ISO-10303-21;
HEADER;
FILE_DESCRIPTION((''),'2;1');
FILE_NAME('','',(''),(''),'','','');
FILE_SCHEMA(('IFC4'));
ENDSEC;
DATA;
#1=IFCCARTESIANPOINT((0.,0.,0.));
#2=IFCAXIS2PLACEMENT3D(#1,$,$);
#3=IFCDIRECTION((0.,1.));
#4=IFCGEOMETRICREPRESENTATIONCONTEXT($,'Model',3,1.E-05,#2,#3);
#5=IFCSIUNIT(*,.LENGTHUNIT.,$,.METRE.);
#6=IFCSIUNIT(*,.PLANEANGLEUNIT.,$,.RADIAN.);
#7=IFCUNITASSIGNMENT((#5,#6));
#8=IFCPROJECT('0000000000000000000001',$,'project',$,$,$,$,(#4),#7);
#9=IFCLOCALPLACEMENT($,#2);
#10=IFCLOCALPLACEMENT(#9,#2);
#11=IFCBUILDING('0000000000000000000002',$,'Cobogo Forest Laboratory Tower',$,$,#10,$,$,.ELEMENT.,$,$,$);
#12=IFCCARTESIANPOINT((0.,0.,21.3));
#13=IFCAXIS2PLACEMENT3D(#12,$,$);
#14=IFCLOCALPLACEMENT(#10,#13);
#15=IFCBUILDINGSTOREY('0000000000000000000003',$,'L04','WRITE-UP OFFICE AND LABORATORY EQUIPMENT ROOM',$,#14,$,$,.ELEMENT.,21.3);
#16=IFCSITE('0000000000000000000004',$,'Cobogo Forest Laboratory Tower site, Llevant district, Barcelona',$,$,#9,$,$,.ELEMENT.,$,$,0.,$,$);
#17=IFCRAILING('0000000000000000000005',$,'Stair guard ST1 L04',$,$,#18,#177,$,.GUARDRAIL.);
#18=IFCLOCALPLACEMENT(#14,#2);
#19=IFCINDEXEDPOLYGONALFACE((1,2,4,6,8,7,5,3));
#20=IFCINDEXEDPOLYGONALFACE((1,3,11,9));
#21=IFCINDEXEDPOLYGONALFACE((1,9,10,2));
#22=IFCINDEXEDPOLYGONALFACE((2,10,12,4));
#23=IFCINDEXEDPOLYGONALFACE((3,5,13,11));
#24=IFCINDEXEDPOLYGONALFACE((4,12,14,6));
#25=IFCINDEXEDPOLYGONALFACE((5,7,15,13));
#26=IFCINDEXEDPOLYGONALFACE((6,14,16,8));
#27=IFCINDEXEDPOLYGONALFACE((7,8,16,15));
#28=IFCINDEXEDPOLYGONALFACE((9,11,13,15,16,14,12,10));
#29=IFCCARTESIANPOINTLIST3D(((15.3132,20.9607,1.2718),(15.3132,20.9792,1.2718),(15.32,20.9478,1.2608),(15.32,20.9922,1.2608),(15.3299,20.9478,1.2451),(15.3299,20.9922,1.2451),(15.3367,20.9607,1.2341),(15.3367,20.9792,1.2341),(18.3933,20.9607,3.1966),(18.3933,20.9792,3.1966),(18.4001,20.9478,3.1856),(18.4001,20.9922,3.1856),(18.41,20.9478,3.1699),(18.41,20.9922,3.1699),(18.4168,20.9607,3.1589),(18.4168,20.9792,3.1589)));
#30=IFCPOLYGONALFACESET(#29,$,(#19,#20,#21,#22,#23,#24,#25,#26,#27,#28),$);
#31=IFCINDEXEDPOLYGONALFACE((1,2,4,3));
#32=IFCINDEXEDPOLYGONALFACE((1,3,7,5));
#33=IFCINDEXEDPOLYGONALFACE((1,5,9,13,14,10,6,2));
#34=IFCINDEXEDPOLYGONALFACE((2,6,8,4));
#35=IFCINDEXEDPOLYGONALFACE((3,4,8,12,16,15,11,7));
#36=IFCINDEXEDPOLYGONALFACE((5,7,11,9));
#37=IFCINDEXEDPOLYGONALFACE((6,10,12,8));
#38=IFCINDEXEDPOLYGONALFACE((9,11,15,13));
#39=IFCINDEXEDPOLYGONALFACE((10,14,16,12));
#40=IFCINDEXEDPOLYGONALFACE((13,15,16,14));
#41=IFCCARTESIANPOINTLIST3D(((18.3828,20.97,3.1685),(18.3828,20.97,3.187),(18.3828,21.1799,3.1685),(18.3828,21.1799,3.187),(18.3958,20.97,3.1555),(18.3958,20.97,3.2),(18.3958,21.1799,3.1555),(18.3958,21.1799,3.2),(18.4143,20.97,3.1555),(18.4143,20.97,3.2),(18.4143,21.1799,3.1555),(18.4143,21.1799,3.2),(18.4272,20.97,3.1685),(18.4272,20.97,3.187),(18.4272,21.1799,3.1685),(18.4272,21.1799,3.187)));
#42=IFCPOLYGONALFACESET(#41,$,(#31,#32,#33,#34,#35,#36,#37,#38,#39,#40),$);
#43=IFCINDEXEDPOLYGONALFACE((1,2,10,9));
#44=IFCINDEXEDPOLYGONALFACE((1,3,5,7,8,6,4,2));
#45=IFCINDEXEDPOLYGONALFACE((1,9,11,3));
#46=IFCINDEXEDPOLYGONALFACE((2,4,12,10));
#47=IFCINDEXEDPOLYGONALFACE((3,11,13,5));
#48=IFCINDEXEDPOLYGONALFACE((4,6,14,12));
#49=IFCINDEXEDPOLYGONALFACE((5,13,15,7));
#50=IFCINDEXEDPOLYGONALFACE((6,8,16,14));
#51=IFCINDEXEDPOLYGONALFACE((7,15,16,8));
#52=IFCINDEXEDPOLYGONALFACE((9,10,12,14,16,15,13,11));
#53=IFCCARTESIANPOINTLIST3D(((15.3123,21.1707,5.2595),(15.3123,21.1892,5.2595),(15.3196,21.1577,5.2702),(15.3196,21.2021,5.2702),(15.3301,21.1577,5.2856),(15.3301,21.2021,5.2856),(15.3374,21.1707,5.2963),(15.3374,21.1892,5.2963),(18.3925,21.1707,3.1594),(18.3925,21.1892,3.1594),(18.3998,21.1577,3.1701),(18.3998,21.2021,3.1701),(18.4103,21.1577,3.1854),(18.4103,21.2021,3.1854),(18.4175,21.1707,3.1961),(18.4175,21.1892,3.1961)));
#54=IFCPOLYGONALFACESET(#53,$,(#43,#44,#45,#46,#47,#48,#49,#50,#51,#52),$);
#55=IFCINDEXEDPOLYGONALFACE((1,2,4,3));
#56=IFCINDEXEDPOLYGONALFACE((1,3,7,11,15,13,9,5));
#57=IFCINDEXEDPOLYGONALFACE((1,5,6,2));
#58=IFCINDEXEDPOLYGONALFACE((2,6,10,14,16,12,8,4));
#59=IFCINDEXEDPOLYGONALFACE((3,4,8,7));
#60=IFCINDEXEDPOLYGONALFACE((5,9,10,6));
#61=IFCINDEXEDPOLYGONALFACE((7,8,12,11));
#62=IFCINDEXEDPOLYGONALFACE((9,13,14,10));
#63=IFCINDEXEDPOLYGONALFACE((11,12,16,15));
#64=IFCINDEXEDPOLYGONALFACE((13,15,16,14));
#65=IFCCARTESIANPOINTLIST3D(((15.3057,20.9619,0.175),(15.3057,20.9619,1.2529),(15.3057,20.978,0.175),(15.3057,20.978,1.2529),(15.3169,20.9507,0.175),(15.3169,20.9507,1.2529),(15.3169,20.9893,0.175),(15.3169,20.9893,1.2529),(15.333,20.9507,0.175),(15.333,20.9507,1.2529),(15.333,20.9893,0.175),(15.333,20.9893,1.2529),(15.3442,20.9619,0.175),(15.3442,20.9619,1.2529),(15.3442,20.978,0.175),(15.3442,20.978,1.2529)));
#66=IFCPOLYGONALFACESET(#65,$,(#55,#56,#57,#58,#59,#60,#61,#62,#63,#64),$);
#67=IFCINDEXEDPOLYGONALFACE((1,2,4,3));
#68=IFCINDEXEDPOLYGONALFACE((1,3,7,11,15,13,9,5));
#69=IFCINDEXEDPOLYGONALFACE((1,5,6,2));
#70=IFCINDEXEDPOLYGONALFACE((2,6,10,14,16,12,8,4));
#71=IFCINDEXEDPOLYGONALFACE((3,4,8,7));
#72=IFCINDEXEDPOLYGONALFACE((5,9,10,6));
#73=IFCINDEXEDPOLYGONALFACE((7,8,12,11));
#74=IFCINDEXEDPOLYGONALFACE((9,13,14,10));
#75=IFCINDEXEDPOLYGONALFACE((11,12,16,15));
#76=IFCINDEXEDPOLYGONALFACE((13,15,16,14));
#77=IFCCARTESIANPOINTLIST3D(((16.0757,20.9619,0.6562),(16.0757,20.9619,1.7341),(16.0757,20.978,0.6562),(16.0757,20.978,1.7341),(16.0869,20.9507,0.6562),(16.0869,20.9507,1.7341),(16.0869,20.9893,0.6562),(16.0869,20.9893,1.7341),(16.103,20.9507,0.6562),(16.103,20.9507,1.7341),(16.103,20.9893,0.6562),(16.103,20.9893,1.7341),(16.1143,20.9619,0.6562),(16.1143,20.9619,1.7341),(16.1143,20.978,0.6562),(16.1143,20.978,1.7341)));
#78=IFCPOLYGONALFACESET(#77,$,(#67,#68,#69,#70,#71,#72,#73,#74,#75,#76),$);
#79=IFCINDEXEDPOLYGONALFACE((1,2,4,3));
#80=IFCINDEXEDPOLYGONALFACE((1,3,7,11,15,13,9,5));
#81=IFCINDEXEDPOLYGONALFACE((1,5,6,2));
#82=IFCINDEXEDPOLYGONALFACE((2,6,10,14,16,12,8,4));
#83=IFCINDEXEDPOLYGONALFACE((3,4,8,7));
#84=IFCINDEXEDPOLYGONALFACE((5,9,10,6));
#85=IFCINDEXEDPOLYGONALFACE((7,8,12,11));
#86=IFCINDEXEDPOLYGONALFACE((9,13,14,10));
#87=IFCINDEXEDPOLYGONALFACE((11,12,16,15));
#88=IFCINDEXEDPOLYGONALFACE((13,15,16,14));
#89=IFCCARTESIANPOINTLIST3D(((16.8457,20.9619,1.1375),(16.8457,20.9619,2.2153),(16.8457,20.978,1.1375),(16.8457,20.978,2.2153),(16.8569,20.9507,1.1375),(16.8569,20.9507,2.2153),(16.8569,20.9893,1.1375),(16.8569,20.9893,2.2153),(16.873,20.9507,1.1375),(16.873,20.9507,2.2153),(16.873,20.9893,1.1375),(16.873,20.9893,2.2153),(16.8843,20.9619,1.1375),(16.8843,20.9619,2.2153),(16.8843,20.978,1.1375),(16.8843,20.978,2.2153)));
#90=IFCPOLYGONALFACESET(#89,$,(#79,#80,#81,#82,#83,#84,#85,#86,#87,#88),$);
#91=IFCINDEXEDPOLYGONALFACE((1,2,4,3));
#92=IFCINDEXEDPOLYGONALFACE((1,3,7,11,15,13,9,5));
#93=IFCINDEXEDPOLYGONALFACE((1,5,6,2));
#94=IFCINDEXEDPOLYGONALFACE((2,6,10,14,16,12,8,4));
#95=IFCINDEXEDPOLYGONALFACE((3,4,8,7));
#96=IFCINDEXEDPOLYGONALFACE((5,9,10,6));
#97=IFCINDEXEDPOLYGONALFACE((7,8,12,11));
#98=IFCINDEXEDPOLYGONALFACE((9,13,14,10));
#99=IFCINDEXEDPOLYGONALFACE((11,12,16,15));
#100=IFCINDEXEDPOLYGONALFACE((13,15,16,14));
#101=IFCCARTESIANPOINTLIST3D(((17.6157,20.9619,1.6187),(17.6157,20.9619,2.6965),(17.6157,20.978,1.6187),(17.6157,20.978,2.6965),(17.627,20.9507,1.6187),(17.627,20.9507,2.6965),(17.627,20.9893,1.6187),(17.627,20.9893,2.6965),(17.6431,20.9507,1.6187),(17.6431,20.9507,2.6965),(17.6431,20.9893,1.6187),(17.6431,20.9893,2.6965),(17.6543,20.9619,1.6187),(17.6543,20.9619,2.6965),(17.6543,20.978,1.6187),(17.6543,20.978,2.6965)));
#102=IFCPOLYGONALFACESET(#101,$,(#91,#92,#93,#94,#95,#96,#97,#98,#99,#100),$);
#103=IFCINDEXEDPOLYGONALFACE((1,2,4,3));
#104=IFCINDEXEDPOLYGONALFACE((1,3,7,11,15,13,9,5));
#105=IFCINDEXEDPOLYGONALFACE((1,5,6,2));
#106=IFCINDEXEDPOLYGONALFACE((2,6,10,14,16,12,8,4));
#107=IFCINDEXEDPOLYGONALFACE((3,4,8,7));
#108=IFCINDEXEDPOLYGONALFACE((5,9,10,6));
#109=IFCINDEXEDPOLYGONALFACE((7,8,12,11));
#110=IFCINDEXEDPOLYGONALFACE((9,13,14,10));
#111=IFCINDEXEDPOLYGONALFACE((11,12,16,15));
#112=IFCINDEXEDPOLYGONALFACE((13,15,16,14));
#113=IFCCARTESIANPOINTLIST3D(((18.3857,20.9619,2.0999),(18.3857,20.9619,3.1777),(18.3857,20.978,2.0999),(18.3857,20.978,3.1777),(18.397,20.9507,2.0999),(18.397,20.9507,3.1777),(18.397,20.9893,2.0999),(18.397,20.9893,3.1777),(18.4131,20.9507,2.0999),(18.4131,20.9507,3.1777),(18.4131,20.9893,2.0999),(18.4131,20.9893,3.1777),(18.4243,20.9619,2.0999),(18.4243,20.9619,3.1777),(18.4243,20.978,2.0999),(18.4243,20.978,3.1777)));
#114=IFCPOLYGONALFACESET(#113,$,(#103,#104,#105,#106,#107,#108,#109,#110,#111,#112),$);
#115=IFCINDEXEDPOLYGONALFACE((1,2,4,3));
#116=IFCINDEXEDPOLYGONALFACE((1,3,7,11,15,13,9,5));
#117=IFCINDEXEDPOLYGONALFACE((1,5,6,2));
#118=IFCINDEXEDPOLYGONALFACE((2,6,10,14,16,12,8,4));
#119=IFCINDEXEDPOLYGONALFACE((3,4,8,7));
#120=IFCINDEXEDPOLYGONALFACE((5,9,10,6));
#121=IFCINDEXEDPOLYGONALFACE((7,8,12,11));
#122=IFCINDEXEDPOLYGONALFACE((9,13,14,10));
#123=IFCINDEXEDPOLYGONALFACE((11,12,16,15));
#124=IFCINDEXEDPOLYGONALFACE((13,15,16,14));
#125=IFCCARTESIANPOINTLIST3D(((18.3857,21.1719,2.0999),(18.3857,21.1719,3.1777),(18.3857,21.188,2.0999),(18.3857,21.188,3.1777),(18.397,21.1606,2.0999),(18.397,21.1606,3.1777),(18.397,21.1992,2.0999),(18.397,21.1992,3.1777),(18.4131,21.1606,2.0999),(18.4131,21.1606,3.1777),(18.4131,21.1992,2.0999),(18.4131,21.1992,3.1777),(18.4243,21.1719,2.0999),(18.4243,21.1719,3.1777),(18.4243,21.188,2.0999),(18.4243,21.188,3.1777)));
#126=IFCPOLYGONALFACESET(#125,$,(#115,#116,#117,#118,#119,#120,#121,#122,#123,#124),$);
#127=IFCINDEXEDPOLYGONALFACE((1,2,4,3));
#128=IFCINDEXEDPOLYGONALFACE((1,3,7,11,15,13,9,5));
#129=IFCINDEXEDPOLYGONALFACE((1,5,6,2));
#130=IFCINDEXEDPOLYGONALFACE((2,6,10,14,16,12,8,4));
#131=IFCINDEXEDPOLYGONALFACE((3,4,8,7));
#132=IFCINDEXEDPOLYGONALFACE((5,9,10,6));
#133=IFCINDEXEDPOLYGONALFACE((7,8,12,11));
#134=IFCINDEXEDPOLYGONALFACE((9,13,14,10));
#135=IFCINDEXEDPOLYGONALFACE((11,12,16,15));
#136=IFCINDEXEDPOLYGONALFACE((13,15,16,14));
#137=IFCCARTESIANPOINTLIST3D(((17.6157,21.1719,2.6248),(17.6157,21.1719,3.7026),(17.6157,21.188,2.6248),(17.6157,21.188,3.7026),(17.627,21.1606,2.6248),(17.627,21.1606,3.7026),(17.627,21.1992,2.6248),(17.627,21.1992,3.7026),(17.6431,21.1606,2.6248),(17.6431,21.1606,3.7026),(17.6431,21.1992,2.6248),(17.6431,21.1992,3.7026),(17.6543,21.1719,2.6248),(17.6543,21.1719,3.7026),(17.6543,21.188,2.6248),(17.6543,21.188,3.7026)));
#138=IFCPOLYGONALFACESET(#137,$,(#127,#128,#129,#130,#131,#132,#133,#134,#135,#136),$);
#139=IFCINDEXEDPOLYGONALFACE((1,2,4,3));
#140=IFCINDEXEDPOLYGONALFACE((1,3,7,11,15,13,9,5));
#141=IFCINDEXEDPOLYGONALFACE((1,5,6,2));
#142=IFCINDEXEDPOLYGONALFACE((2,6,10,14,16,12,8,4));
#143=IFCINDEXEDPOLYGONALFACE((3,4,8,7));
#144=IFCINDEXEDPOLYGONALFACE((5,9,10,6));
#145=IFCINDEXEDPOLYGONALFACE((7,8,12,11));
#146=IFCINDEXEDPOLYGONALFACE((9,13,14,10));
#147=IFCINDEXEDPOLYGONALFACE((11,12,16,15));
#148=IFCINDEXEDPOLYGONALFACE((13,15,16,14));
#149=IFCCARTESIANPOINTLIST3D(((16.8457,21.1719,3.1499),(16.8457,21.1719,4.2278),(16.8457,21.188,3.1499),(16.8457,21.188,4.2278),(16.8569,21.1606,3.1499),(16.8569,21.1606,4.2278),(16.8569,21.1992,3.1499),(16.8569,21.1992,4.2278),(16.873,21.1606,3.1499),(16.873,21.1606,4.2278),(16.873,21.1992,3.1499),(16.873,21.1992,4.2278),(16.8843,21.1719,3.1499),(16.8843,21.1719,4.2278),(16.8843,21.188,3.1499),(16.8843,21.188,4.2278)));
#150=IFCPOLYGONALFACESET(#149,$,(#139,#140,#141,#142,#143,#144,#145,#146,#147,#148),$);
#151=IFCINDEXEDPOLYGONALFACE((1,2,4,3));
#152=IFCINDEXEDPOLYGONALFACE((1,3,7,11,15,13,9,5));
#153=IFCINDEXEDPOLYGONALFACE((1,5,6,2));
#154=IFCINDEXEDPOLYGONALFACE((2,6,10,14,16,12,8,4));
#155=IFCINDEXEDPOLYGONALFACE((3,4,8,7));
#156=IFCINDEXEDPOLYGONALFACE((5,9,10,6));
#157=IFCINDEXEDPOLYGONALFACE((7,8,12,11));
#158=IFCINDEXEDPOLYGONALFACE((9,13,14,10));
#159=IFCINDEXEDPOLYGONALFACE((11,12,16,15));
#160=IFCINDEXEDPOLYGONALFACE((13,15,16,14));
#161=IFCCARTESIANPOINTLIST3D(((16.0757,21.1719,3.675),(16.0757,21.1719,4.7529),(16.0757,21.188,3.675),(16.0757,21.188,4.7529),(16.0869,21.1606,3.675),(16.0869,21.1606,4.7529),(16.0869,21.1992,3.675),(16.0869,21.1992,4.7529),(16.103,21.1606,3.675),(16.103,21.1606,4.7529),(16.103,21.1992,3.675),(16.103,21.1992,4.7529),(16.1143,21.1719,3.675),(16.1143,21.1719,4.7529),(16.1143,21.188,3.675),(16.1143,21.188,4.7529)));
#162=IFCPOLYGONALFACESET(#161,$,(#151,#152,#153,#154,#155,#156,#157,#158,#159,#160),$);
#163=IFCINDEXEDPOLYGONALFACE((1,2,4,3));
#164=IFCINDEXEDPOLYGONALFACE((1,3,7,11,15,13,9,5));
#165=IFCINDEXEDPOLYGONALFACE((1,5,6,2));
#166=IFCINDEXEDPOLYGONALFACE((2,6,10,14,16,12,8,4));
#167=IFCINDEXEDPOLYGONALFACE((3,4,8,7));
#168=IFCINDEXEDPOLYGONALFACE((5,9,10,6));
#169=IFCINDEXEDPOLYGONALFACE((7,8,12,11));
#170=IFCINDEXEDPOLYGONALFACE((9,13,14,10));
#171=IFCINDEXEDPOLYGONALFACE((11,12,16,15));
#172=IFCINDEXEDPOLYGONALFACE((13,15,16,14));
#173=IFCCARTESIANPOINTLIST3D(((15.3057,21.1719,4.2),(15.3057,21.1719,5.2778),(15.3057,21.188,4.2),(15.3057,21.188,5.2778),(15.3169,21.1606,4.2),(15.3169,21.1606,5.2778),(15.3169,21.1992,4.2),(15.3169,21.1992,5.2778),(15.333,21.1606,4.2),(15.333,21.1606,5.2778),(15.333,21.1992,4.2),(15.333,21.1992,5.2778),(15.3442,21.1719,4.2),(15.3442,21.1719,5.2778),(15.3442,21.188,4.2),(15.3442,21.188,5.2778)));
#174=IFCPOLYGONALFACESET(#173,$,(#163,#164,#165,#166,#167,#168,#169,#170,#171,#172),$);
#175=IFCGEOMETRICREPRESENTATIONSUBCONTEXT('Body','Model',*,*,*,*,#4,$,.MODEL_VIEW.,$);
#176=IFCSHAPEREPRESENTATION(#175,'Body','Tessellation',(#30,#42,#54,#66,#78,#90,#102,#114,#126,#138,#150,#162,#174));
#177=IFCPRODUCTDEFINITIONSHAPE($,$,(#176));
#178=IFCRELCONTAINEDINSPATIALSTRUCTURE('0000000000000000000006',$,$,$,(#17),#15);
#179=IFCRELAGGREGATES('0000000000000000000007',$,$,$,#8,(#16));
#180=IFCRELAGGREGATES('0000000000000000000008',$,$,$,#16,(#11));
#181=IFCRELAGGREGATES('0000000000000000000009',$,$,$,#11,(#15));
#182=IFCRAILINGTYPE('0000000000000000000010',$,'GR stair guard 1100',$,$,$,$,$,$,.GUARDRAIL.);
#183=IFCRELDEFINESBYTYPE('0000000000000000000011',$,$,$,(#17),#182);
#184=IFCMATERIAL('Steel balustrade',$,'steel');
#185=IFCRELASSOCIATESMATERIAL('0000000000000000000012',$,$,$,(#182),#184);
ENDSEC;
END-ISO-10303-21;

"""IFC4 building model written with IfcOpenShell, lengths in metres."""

from ifc_helpers import new_model, si_unit, direction, frame, origin, place, context, subcontext, project, spatial, polyline, outline, extrude, material, type_object, element, save


model = new_model("IFC4")

# Units and contexts
model_context = context("Model", 3, precision=1e-05, world=origin(), true_north=direction((0.0, 1.0)))
body_context = subcontext(model_context, "Body", "Model", "MODEL_VIEW")
ifc_project = project(units=[si_unit("LENGTHUNIT", "METRE"), si_unit("PLANEANGLEUNIT", "RADIAN")], contexts=[model_context])

# Site, building, storey
site_placement = place(None, origin())
site = spatial("IfcSite", under=ifc_project, at=site_placement, Name="Cobogo Forest Laboratory Tower site, Llevant district, Barcelona", CompositionType="ELEMENT", RefElevation=0.0)
building_placement = place(site_placement, origin())
building = spatial("IfcBuilding", under=site, at=building_placement, Name="Cobogo Forest Laboratory Tower", CompositionType="ELEMENT")
storey_placement = place(building_placement, frame((0.0, 0.0, 21.3)))
storey = spatial("IfcBuildingStorey", under=building, at=storey_placement, Name="L04", Description="WRITE-UP OFFICE AND LABORATORY EQUIPMENT ROOM", CompositionType="ELEMENT", Elevation=21.3)

# Railing
ifc_material_1 = material(Name="Steel balustrade", Category="steel")
railing_type_1 = type_object("IfcRailingType", Name="GR stair guard 1100", PredefinedType="GUARDRAIL", material=ifc_material_1)
railing_1_placement = place(storey_placement, frame((15.325, 20.97, 0.175)))
element("IfcRailing", 1, at=railing_1_placement, inside=storey, type_object=railing_type_1, Name="Stair guard ST1 L04", PredefinedType="GUARDRAIL", context=body_context, shape_type="SweptSolid", body=[
    extrude(outline(polyline([(0.0222, 0.0093), (0.0093, 0.0222), (-0.0093, 0.0222), (-0.0222, 0.0093), (-0.0222, -0.0093), (-0.0093, -0.0222), (0.0093, -0.0222), (0.0222, -0.0093), (0.0222, 0.0093)])), frame((0.0, 0.0, 1.0779), z_axis=(0.848029, 0.0, 0.529951), x_axis=(0.0, 1.0, 0.0)), (0.0, 0.0, 1.0), 3.6321),
    extrude(outline(polyline([(0.0222, 0.0093), (0.0093, 0.0222), (-0.0093, 0.0222), (-0.0222, 0.0093), (-0.0222, -0.0093), (-0.0093, -0.0222), (0.0093, -0.0222), (0.0222, -0.0093), (0.0222, 0.0093)])), frame((3.0801, 0.0, 3.0027), z_axis=(0.0, 1.0, 0.0), x_axis=(-1.0, 0.0, 0.0)), (0.0, 0.0, 1.0), 0.21),
    extrude(outline(polyline([(0.0222, 0.0093), (0.0093, 0.0222), (-0.0093, 0.0222), (-0.0222, 0.0093), (-0.0222, -0.0093), (-0.0093, -0.0222), (0.0093, -0.0222), (0.0222, -0.0093), (0.0222, 0.0093)])), frame((3.0801, 0.21, 3.0027), z_axis=(-0.826222, 0.0, 0.563345), x_axis=(0.0, -1.0, 0.0)), (0.0, 0.0, 1.0), 3.728),
    extrude(outline(polyline([(0.0193, 0.0081), (0.0081, 0.0193), (-0.0081, 0.0193), (-0.0193, 0.0081), (-0.0193, -0.0081), (-0.0081, -0.0193), (0.0081, -0.0193), (0.0193, -0.0081), (0.0193, 0.0081)])), origin(), (0.0, 0.0, 1.0), 1.0779),
    extrude(outline(polyline([(0.0193, 0.0081), (0.0081, 0.0193), (-0.0081, 0.0193), (-0.0193, 0.0081), (-0.0193, -0.0081), (-0.0081, -0.0193), (0.0081, -0.0193), (0.0193, -0.0081), (0.0193, 0.0081)])), frame((0.77, 0.0, 0.4812)), (0.0, 0.0, 1.0), 1.0779),
    extrude(outline(polyline([(0.0193, 0.0081), (0.0081, 0.0193), (-0.0081, 0.0193), (-0.0193, 0.0081), (-0.0193, -0.0081), (-0.0081, -0.0193), (0.0081, -0.0193), (0.0193, -0.0081), (0.0193, 0.0081)])), frame((1.54, 0.0, 0.9624)), (0.0, 0.0, 1.0), 1.0779),
    extrude(outline(polyline([(0.0193, 0.0081), (0.0081, 0.0193), (-0.0081, 0.0193), (-0.0193, 0.0081), (-0.0193, -0.0081), (-0.0081, -0.0193), (0.0081, -0.0193), (0.0193, -0.0081), (0.0193, 0.0081)])), frame((2.3101, 0.0, 1.4436)), (0.0, 0.0, 1.0), 1.0779),
    extrude(outline(polyline([(0.0193, 0.0081), (0.0081, 0.0193), (-0.0081, 0.0193), (-0.0193, 0.0081), (-0.0193, -0.0081), (-0.0081, -0.0193), (0.0081, -0.0193), (0.0193, -0.0081), (0.0193, 0.0081)])), frame((3.0801, 0.0, 1.9248)), (0.0, 0.0, 1.0), 1.0779),
    extrude(outline(polyline([(0.0193, 0.0081), (0.0081, 0.0193), (-0.0081, 0.0193), (-0.0193, 0.0081), (-0.0193, -0.0081), (-0.0081, -0.0193), (0.0081, -0.0193), (0.0193, -0.0081), (0.0193, 0.0081)])), frame((3.0801, 0.21, 1.9248)), (0.0, 0.0, 1.0), 1.0779),
    extrude(outline(polyline([(0.0193, 0.0081), (0.0081, 0.0193), (-0.0081, 0.0193), (-0.0193, 0.0081), (-0.0193, -0.0081), (-0.0081, -0.0193), (0.0081, -0.0193), (0.0193, -0.0081), (0.0193, 0.0081)])), frame((2.3101, 0.21, 2.4497)), (0.0, 0.0, 1.0), 1.0779),
    extrude(outline(polyline([(0.0193, 0.0081), (0.0081, 0.0193), (-0.0081, 0.0193), (-0.0193, 0.0081), (-0.0193, -0.0081), (-0.0081, -0.0193), (0.0081, -0.0193), (0.0193, -0.0081), (0.0193, 0.0081)])), frame((1.54, 0.21, 2.9749)), (0.0, 0.0, 1.0), 1.0779),
    extrude(outline(polyline([(0.0193, 0.0081), (0.0081, 0.0193), (-0.0081, 0.0193), (-0.0193, 0.0081), (-0.0193, -0.0081), (-0.0081, -0.0193), (0.0081, -0.0193), (0.0193, -0.0081), (0.0193, 0.0081)])), frame((0.77, 0.21, 3.5)), (0.0, 0.0, 1.0), 1.0779),
    extrude(outline(polyline([(0.0193, 0.0081), (0.0081, 0.0193), (-0.0081, 0.0193), (-0.0193, 0.0081), (-0.0193, -0.0081), (-0.0081, -0.0193), (0.0081, -0.0193), (0.0193, -0.0081), (0.0193, 0.0081)])), frame((0.0, 0.21, 4.0249)), (0.0, 0.0, 1.0), 1.0779),
])

save(model, "model.ifc")
